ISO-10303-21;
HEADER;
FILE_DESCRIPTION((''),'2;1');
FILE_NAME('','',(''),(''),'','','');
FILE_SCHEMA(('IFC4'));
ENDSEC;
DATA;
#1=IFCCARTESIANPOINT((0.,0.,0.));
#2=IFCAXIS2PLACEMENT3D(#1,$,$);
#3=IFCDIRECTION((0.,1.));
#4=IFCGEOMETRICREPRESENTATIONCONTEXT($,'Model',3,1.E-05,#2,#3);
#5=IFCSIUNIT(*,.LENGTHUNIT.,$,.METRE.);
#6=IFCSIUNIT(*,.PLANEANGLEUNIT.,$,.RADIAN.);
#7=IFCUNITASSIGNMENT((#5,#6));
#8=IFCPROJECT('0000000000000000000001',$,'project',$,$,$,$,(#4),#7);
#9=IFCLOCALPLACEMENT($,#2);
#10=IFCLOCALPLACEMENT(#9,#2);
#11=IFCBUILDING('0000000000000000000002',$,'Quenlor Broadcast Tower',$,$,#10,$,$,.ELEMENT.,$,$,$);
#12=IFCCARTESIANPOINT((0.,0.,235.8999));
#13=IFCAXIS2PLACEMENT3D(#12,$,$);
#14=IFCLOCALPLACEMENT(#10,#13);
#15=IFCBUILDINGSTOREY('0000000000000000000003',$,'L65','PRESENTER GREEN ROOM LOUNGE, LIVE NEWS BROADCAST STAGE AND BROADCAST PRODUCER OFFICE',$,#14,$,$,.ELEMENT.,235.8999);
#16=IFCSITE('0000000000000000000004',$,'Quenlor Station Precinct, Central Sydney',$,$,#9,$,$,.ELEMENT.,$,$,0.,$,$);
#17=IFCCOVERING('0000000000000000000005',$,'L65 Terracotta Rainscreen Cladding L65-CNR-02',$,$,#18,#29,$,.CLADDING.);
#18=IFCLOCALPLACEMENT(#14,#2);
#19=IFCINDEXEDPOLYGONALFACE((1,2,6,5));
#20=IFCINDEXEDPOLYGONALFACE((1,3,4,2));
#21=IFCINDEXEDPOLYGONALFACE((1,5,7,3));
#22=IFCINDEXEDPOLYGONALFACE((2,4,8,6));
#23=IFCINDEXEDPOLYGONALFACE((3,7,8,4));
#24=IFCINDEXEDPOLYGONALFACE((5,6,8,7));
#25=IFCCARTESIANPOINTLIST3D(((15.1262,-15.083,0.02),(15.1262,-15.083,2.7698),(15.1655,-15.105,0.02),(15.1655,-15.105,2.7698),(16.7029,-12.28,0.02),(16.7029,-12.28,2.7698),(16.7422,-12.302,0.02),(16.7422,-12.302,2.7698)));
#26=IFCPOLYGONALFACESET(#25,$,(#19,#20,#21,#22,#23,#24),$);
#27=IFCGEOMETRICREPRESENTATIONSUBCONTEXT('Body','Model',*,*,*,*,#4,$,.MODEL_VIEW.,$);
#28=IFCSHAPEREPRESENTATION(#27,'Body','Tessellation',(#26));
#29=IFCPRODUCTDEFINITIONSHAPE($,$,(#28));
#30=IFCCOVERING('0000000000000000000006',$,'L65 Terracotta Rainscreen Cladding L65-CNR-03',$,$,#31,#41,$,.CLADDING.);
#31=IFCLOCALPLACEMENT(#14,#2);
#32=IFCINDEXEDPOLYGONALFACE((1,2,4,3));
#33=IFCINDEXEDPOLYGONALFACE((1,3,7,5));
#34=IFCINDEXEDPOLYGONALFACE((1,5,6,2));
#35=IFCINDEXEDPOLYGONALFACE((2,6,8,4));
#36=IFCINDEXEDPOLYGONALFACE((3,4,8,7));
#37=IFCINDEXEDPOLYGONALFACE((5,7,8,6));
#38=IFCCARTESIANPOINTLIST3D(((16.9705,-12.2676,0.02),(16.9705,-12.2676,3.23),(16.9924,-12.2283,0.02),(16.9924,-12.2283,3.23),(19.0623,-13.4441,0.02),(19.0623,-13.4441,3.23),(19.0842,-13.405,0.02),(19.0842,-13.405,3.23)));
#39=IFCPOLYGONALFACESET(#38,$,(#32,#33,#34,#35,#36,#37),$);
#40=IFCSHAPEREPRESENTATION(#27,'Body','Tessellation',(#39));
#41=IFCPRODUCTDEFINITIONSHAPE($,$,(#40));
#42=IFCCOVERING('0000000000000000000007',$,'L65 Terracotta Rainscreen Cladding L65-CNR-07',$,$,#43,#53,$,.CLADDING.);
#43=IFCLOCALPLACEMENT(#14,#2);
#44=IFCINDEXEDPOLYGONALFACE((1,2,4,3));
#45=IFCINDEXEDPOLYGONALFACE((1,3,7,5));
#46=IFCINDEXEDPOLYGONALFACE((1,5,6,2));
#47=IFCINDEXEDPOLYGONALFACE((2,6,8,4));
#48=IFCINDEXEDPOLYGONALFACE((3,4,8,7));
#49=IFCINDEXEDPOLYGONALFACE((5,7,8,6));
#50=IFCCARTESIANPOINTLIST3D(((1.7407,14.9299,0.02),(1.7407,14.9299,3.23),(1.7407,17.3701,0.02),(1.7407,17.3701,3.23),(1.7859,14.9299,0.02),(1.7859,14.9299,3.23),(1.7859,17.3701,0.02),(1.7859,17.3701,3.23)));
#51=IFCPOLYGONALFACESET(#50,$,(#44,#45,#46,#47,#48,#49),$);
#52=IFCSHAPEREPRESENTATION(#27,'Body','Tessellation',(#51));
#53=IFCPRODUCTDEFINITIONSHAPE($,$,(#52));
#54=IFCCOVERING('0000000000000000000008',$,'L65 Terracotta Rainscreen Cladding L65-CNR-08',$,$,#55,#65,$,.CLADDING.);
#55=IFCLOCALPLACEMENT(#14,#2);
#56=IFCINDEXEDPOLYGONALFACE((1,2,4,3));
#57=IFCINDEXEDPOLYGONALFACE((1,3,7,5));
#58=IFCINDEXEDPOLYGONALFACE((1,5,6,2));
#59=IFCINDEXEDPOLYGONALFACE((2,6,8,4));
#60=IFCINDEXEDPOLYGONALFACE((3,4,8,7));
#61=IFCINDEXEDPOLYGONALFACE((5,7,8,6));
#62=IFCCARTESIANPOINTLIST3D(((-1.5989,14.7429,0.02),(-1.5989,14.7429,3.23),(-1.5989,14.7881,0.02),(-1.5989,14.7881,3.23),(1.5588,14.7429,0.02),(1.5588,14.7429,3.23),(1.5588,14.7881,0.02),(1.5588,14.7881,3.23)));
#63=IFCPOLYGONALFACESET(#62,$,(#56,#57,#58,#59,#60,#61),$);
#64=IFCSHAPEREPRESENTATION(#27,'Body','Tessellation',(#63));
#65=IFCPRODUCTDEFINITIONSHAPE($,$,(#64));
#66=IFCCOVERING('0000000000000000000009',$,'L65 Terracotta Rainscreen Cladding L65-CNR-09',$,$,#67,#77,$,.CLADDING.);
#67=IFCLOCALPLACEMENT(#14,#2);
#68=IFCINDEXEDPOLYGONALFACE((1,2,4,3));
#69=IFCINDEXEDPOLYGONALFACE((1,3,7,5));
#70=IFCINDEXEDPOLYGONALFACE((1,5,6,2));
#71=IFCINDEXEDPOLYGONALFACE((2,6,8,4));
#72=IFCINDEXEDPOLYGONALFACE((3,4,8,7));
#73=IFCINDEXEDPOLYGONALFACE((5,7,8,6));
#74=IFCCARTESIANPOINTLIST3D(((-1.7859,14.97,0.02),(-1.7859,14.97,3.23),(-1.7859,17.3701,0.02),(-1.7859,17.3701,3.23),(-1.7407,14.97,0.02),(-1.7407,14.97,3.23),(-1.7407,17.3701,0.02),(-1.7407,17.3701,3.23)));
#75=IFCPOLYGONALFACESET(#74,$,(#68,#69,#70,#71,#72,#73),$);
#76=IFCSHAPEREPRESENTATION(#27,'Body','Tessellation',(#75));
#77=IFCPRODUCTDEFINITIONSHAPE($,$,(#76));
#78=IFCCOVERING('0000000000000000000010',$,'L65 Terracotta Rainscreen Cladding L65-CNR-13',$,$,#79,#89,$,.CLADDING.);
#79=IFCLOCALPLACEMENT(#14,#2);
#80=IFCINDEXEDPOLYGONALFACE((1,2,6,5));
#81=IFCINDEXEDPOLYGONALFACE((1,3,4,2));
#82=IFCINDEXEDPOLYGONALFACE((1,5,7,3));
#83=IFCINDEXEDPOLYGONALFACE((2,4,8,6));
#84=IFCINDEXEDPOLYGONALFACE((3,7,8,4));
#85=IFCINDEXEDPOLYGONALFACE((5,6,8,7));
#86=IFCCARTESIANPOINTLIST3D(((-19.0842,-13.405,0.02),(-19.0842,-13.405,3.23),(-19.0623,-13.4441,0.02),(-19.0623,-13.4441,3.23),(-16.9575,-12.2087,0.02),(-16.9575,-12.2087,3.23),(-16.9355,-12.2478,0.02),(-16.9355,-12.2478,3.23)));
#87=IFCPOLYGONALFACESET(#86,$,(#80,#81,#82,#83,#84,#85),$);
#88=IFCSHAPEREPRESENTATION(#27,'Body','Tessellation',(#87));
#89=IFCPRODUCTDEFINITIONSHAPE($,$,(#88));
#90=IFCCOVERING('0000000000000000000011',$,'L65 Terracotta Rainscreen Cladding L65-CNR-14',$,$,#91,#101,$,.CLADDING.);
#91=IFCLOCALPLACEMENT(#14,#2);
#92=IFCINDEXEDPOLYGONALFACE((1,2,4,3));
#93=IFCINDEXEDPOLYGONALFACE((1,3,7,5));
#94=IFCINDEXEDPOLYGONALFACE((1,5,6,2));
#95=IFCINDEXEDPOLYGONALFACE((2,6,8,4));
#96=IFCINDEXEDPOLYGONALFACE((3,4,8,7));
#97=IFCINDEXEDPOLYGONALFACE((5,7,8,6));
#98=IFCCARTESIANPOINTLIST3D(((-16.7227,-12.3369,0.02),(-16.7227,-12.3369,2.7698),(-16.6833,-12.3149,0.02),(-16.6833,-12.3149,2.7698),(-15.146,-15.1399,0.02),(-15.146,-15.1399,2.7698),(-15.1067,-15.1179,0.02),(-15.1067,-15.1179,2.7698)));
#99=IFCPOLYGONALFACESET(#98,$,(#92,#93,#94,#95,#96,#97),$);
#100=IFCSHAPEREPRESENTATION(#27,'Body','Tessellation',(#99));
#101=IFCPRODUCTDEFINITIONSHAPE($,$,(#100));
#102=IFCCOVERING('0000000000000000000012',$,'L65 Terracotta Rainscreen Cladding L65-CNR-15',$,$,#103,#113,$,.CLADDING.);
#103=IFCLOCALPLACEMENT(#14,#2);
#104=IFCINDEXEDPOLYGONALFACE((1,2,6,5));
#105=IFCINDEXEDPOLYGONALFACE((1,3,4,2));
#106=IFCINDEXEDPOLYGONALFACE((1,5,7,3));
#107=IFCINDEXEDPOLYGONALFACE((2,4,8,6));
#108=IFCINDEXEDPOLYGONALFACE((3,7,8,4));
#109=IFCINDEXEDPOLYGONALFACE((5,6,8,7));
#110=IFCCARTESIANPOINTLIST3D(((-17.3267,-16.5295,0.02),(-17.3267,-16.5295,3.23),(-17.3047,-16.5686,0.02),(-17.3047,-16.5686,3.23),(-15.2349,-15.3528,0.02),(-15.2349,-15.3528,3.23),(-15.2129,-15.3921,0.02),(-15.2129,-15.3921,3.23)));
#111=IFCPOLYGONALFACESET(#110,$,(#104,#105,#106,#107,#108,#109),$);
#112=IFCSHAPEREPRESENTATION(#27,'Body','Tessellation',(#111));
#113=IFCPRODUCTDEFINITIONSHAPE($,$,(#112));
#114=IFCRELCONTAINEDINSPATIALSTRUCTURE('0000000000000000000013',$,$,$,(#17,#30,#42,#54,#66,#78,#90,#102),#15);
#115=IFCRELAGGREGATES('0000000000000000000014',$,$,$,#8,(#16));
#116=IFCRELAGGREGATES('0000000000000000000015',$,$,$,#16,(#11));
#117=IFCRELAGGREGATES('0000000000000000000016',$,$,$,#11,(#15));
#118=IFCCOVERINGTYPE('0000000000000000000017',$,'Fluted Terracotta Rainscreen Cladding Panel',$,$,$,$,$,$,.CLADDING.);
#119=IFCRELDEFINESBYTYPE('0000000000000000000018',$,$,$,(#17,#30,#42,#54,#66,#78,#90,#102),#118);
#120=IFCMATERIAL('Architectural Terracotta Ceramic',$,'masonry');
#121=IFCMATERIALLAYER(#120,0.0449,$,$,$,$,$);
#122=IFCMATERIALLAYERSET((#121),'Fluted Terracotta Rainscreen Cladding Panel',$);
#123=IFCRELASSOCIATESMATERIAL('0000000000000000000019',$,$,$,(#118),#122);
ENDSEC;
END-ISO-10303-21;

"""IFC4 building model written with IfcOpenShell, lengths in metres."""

from ifc_helpers import new_model, si_unit, direction, frame, origin, place, context, subcontext, project, spatial, polyline, outline, extrude, material, layer, layer_set, type_object, element, save


model = new_model("IFC4")

# Units and contexts
model_context = context("Model", 3, precision=1e-05, world=origin(), true_north=direction((0.0, 1.0)))
body_context = subcontext(model_context, "Body", "Model", "MODEL_VIEW")
ifc_project = project(units=[si_unit("LENGTHUNIT", "METRE"), si_unit("PLANEANGLEUNIT", "RADIAN")], contexts=[model_context])

# Site, building, storey
site_placement = place(None, origin())
site = spatial("IfcSite", under=ifc_project, at=site_placement, Name="Quenlor Station Precinct, Central Sydney", CompositionType="ELEMENT", RefElevation=0.0)
building_placement = place(site_placement, origin())
building = spatial("IfcBuilding", under=site, at=building_placement, Name="Quenlor Broadcast Tower", CompositionType="ELEMENT")
storey_placement = place(building_placement, frame((0.0, 0.0, 235.8999)))
storey = spatial("IfcBuildingStorey", under=building, at=storey_placement, Name="L65", Description="PRESENTER GREEN ROOM LOUNGE, LIVE NEWS BROADCAST STAGE AND BROADCAST PRODUCER OFFICE", CompositionType="ELEMENT", Elevation=235.8999)

# Coverings
ifc_material_1 = material(Name="Architectural Terracotta Ceramic", Category="masonry")
ifc_layer_1 = layer(ifc_material_1, 0.0449)
ifc_layer_set_1 = layer_set([ifc_layer_1], Name="Fluted Terracotta Rainscreen Cladding Panel")
covering_type_1 = type_object("IfcCoveringType", Name="Fluted Terracotta Rainscreen Cladding Panel", PredefinedType="CLADDING", material=ifc_layer_set_1)
covering_1_placement = place(storey_placement, frame((0.0, 0.0, 0.02)))
element("IfcCovering", 1, at=covering_1_placement, inside=storey, type_object=covering_type_1, Name="L65 Terracotta Rainscreen Cladding L65-CNR-02", PredefinedType="CLADDING", context=body_context, shape_type="SweptSolid", body=[
    extrude(outline(polyline([(15.1655, -15.105), (16.7422, -12.302), (16.7029, -12.28), (15.1262, -15.083), (15.1655, -15.105)])), origin(), (0.0, 0.0, 1.0), 2.7498),
])
covering_2_placement = place(storey_placement, frame((0.0, 0.0, 0.02)))
element("IfcCovering", 2, at=covering_2_placement, inside=storey, type_object=covering_type_1, Name="L65 Terracotta Rainscreen Cladding L65-CNR-03", PredefinedType="CLADDING", context=body_context, shape_type="SweptSolid", body=[
    extrude(outline(polyline([(16.9705, -12.2676), (19.0623, -13.4441), (19.0842, -13.405), (16.9924, -12.2283), (16.9705, -12.2676)])), origin(), (0.0, 0.0, 1.0), 3.21),
])
covering_3_placement = place(storey_placement, frame((0.0, 0.0, 0.02)))
element("IfcCovering", 3, at=covering_3_placement, inside=storey, type_object=covering_type_1, Name="L65 Terracotta Rainscreen Cladding L65-CNR-07", PredefinedType="CLADDING", context=body_context, shape_type="SweptSolid", body=[
    extrude(outline(polyline([(1.7407, 17.3701), (1.7407, 14.9299), (1.7859, 14.9299), (1.7859, 17.3701), (1.7407, 17.3701)])), origin(), (0.0, 0.0, 1.0), 3.21),
])
covering_4_placement = place(storey_placement, frame((0.0, 0.0, 0.02)))
element("IfcCovering", 4, at=covering_4_placement, inside=storey, type_object=covering_type_1, Name="L65 Terracotta Rainscreen Cladding L65-CNR-08", PredefinedType="CLADDING", context=body_context, shape_type="SweptSolid", body=[
    extrude(outline(polyline([(1.5588, 14.7881), (-1.5989, 14.7881), (-1.5989, 14.7429), (1.5588, 14.7429), (1.5588, 14.7881)])), origin(), (0.0, 0.0, 1.0), 3.21),
])
covering_5_placement = place(storey_placement, frame((0.0, 0.0, 0.02)))
element("IfcCovering", 5, at=covering_5_placement, inside=storey, type_object=covering_type_1, Name="L65 Terracotta Rainscreen Cladding L65-CNR-09", PredefinedType="CLADDING", context=body_context, shape_type="SweptSolid", body=[
    extrude(outline(polyline([(-1.7407, 14.97), (-1.7407, 17.3701), (-1.7859, 17.3701), (-1.7859, 14.97), (-1.7407, 14.97)])), origin(), (0.0, 0.0, 1.0), 3.21),
])
covering_6_placement = place(storey_placement, frame((0.0, 0.0, 0.02)))
element("IfcCovering", 6, at=covering_6_placement, inside=storey, type_object=covering_type_1, Name="L65 Terracotta Rainscreen Cladding L65-CNR-13", PredefinedType="CLADDING", context=body_context, shape_type="SweptSolid", body=[
    extrude(outline(polyline([(-19.0623, -13.4441), (-16.9355, -12.2478), (-16.9575, -12.2087), (-19.0842, -13.405), (-19.0623, -13.4441)])), origin(), (0.0, 0.0, 1.0), 3.21),
])
covering_7_placement = place(storey_placement, frame((0.0, 0.0, 0.02)))
element("IfcCovering", 7, at=covering_7_placement, inside=storey, type_object=covering_type_1, Name="L65 Terracotta Rainscreen Cladding L65-CNR-14", PredefinedType="CLADDING", context=body_context, shape_type="SweptSolid", body=[
    extrude(outline(polyline([(-16.7227, -12.3369), (-15.146, -15.1399), (-15.1067, -15.1179), (-16.6833, -12.3149), (-16.7227, -12.3369)])), origin(), (0.0, 0.0, 1.0), 2.7498),
])
covering_8_placement = place(storey_placement, frame((0.0, 0.0, 0.02)))
element("IfcCovering", 8, at=covering_8_placement, inside=storey, type_object=covering_type_1, Name="L65 Terracotta Rainscreen Cladding L65-CNR-15", PredefinedType="CLADDING", context=body_context, shape_type="SweptSolid", body=[
    extrude(outline(polyline([(-15.2349, -15.3528), (-17.3267, -16.5295), (-17.3047, -16.5686), (-15.2129, -15.3921), (-15.2349, -15.3528)])), origin(), (0.0, 0.0, 1.0), 3.21),
])

save(model, "model.ifc")
